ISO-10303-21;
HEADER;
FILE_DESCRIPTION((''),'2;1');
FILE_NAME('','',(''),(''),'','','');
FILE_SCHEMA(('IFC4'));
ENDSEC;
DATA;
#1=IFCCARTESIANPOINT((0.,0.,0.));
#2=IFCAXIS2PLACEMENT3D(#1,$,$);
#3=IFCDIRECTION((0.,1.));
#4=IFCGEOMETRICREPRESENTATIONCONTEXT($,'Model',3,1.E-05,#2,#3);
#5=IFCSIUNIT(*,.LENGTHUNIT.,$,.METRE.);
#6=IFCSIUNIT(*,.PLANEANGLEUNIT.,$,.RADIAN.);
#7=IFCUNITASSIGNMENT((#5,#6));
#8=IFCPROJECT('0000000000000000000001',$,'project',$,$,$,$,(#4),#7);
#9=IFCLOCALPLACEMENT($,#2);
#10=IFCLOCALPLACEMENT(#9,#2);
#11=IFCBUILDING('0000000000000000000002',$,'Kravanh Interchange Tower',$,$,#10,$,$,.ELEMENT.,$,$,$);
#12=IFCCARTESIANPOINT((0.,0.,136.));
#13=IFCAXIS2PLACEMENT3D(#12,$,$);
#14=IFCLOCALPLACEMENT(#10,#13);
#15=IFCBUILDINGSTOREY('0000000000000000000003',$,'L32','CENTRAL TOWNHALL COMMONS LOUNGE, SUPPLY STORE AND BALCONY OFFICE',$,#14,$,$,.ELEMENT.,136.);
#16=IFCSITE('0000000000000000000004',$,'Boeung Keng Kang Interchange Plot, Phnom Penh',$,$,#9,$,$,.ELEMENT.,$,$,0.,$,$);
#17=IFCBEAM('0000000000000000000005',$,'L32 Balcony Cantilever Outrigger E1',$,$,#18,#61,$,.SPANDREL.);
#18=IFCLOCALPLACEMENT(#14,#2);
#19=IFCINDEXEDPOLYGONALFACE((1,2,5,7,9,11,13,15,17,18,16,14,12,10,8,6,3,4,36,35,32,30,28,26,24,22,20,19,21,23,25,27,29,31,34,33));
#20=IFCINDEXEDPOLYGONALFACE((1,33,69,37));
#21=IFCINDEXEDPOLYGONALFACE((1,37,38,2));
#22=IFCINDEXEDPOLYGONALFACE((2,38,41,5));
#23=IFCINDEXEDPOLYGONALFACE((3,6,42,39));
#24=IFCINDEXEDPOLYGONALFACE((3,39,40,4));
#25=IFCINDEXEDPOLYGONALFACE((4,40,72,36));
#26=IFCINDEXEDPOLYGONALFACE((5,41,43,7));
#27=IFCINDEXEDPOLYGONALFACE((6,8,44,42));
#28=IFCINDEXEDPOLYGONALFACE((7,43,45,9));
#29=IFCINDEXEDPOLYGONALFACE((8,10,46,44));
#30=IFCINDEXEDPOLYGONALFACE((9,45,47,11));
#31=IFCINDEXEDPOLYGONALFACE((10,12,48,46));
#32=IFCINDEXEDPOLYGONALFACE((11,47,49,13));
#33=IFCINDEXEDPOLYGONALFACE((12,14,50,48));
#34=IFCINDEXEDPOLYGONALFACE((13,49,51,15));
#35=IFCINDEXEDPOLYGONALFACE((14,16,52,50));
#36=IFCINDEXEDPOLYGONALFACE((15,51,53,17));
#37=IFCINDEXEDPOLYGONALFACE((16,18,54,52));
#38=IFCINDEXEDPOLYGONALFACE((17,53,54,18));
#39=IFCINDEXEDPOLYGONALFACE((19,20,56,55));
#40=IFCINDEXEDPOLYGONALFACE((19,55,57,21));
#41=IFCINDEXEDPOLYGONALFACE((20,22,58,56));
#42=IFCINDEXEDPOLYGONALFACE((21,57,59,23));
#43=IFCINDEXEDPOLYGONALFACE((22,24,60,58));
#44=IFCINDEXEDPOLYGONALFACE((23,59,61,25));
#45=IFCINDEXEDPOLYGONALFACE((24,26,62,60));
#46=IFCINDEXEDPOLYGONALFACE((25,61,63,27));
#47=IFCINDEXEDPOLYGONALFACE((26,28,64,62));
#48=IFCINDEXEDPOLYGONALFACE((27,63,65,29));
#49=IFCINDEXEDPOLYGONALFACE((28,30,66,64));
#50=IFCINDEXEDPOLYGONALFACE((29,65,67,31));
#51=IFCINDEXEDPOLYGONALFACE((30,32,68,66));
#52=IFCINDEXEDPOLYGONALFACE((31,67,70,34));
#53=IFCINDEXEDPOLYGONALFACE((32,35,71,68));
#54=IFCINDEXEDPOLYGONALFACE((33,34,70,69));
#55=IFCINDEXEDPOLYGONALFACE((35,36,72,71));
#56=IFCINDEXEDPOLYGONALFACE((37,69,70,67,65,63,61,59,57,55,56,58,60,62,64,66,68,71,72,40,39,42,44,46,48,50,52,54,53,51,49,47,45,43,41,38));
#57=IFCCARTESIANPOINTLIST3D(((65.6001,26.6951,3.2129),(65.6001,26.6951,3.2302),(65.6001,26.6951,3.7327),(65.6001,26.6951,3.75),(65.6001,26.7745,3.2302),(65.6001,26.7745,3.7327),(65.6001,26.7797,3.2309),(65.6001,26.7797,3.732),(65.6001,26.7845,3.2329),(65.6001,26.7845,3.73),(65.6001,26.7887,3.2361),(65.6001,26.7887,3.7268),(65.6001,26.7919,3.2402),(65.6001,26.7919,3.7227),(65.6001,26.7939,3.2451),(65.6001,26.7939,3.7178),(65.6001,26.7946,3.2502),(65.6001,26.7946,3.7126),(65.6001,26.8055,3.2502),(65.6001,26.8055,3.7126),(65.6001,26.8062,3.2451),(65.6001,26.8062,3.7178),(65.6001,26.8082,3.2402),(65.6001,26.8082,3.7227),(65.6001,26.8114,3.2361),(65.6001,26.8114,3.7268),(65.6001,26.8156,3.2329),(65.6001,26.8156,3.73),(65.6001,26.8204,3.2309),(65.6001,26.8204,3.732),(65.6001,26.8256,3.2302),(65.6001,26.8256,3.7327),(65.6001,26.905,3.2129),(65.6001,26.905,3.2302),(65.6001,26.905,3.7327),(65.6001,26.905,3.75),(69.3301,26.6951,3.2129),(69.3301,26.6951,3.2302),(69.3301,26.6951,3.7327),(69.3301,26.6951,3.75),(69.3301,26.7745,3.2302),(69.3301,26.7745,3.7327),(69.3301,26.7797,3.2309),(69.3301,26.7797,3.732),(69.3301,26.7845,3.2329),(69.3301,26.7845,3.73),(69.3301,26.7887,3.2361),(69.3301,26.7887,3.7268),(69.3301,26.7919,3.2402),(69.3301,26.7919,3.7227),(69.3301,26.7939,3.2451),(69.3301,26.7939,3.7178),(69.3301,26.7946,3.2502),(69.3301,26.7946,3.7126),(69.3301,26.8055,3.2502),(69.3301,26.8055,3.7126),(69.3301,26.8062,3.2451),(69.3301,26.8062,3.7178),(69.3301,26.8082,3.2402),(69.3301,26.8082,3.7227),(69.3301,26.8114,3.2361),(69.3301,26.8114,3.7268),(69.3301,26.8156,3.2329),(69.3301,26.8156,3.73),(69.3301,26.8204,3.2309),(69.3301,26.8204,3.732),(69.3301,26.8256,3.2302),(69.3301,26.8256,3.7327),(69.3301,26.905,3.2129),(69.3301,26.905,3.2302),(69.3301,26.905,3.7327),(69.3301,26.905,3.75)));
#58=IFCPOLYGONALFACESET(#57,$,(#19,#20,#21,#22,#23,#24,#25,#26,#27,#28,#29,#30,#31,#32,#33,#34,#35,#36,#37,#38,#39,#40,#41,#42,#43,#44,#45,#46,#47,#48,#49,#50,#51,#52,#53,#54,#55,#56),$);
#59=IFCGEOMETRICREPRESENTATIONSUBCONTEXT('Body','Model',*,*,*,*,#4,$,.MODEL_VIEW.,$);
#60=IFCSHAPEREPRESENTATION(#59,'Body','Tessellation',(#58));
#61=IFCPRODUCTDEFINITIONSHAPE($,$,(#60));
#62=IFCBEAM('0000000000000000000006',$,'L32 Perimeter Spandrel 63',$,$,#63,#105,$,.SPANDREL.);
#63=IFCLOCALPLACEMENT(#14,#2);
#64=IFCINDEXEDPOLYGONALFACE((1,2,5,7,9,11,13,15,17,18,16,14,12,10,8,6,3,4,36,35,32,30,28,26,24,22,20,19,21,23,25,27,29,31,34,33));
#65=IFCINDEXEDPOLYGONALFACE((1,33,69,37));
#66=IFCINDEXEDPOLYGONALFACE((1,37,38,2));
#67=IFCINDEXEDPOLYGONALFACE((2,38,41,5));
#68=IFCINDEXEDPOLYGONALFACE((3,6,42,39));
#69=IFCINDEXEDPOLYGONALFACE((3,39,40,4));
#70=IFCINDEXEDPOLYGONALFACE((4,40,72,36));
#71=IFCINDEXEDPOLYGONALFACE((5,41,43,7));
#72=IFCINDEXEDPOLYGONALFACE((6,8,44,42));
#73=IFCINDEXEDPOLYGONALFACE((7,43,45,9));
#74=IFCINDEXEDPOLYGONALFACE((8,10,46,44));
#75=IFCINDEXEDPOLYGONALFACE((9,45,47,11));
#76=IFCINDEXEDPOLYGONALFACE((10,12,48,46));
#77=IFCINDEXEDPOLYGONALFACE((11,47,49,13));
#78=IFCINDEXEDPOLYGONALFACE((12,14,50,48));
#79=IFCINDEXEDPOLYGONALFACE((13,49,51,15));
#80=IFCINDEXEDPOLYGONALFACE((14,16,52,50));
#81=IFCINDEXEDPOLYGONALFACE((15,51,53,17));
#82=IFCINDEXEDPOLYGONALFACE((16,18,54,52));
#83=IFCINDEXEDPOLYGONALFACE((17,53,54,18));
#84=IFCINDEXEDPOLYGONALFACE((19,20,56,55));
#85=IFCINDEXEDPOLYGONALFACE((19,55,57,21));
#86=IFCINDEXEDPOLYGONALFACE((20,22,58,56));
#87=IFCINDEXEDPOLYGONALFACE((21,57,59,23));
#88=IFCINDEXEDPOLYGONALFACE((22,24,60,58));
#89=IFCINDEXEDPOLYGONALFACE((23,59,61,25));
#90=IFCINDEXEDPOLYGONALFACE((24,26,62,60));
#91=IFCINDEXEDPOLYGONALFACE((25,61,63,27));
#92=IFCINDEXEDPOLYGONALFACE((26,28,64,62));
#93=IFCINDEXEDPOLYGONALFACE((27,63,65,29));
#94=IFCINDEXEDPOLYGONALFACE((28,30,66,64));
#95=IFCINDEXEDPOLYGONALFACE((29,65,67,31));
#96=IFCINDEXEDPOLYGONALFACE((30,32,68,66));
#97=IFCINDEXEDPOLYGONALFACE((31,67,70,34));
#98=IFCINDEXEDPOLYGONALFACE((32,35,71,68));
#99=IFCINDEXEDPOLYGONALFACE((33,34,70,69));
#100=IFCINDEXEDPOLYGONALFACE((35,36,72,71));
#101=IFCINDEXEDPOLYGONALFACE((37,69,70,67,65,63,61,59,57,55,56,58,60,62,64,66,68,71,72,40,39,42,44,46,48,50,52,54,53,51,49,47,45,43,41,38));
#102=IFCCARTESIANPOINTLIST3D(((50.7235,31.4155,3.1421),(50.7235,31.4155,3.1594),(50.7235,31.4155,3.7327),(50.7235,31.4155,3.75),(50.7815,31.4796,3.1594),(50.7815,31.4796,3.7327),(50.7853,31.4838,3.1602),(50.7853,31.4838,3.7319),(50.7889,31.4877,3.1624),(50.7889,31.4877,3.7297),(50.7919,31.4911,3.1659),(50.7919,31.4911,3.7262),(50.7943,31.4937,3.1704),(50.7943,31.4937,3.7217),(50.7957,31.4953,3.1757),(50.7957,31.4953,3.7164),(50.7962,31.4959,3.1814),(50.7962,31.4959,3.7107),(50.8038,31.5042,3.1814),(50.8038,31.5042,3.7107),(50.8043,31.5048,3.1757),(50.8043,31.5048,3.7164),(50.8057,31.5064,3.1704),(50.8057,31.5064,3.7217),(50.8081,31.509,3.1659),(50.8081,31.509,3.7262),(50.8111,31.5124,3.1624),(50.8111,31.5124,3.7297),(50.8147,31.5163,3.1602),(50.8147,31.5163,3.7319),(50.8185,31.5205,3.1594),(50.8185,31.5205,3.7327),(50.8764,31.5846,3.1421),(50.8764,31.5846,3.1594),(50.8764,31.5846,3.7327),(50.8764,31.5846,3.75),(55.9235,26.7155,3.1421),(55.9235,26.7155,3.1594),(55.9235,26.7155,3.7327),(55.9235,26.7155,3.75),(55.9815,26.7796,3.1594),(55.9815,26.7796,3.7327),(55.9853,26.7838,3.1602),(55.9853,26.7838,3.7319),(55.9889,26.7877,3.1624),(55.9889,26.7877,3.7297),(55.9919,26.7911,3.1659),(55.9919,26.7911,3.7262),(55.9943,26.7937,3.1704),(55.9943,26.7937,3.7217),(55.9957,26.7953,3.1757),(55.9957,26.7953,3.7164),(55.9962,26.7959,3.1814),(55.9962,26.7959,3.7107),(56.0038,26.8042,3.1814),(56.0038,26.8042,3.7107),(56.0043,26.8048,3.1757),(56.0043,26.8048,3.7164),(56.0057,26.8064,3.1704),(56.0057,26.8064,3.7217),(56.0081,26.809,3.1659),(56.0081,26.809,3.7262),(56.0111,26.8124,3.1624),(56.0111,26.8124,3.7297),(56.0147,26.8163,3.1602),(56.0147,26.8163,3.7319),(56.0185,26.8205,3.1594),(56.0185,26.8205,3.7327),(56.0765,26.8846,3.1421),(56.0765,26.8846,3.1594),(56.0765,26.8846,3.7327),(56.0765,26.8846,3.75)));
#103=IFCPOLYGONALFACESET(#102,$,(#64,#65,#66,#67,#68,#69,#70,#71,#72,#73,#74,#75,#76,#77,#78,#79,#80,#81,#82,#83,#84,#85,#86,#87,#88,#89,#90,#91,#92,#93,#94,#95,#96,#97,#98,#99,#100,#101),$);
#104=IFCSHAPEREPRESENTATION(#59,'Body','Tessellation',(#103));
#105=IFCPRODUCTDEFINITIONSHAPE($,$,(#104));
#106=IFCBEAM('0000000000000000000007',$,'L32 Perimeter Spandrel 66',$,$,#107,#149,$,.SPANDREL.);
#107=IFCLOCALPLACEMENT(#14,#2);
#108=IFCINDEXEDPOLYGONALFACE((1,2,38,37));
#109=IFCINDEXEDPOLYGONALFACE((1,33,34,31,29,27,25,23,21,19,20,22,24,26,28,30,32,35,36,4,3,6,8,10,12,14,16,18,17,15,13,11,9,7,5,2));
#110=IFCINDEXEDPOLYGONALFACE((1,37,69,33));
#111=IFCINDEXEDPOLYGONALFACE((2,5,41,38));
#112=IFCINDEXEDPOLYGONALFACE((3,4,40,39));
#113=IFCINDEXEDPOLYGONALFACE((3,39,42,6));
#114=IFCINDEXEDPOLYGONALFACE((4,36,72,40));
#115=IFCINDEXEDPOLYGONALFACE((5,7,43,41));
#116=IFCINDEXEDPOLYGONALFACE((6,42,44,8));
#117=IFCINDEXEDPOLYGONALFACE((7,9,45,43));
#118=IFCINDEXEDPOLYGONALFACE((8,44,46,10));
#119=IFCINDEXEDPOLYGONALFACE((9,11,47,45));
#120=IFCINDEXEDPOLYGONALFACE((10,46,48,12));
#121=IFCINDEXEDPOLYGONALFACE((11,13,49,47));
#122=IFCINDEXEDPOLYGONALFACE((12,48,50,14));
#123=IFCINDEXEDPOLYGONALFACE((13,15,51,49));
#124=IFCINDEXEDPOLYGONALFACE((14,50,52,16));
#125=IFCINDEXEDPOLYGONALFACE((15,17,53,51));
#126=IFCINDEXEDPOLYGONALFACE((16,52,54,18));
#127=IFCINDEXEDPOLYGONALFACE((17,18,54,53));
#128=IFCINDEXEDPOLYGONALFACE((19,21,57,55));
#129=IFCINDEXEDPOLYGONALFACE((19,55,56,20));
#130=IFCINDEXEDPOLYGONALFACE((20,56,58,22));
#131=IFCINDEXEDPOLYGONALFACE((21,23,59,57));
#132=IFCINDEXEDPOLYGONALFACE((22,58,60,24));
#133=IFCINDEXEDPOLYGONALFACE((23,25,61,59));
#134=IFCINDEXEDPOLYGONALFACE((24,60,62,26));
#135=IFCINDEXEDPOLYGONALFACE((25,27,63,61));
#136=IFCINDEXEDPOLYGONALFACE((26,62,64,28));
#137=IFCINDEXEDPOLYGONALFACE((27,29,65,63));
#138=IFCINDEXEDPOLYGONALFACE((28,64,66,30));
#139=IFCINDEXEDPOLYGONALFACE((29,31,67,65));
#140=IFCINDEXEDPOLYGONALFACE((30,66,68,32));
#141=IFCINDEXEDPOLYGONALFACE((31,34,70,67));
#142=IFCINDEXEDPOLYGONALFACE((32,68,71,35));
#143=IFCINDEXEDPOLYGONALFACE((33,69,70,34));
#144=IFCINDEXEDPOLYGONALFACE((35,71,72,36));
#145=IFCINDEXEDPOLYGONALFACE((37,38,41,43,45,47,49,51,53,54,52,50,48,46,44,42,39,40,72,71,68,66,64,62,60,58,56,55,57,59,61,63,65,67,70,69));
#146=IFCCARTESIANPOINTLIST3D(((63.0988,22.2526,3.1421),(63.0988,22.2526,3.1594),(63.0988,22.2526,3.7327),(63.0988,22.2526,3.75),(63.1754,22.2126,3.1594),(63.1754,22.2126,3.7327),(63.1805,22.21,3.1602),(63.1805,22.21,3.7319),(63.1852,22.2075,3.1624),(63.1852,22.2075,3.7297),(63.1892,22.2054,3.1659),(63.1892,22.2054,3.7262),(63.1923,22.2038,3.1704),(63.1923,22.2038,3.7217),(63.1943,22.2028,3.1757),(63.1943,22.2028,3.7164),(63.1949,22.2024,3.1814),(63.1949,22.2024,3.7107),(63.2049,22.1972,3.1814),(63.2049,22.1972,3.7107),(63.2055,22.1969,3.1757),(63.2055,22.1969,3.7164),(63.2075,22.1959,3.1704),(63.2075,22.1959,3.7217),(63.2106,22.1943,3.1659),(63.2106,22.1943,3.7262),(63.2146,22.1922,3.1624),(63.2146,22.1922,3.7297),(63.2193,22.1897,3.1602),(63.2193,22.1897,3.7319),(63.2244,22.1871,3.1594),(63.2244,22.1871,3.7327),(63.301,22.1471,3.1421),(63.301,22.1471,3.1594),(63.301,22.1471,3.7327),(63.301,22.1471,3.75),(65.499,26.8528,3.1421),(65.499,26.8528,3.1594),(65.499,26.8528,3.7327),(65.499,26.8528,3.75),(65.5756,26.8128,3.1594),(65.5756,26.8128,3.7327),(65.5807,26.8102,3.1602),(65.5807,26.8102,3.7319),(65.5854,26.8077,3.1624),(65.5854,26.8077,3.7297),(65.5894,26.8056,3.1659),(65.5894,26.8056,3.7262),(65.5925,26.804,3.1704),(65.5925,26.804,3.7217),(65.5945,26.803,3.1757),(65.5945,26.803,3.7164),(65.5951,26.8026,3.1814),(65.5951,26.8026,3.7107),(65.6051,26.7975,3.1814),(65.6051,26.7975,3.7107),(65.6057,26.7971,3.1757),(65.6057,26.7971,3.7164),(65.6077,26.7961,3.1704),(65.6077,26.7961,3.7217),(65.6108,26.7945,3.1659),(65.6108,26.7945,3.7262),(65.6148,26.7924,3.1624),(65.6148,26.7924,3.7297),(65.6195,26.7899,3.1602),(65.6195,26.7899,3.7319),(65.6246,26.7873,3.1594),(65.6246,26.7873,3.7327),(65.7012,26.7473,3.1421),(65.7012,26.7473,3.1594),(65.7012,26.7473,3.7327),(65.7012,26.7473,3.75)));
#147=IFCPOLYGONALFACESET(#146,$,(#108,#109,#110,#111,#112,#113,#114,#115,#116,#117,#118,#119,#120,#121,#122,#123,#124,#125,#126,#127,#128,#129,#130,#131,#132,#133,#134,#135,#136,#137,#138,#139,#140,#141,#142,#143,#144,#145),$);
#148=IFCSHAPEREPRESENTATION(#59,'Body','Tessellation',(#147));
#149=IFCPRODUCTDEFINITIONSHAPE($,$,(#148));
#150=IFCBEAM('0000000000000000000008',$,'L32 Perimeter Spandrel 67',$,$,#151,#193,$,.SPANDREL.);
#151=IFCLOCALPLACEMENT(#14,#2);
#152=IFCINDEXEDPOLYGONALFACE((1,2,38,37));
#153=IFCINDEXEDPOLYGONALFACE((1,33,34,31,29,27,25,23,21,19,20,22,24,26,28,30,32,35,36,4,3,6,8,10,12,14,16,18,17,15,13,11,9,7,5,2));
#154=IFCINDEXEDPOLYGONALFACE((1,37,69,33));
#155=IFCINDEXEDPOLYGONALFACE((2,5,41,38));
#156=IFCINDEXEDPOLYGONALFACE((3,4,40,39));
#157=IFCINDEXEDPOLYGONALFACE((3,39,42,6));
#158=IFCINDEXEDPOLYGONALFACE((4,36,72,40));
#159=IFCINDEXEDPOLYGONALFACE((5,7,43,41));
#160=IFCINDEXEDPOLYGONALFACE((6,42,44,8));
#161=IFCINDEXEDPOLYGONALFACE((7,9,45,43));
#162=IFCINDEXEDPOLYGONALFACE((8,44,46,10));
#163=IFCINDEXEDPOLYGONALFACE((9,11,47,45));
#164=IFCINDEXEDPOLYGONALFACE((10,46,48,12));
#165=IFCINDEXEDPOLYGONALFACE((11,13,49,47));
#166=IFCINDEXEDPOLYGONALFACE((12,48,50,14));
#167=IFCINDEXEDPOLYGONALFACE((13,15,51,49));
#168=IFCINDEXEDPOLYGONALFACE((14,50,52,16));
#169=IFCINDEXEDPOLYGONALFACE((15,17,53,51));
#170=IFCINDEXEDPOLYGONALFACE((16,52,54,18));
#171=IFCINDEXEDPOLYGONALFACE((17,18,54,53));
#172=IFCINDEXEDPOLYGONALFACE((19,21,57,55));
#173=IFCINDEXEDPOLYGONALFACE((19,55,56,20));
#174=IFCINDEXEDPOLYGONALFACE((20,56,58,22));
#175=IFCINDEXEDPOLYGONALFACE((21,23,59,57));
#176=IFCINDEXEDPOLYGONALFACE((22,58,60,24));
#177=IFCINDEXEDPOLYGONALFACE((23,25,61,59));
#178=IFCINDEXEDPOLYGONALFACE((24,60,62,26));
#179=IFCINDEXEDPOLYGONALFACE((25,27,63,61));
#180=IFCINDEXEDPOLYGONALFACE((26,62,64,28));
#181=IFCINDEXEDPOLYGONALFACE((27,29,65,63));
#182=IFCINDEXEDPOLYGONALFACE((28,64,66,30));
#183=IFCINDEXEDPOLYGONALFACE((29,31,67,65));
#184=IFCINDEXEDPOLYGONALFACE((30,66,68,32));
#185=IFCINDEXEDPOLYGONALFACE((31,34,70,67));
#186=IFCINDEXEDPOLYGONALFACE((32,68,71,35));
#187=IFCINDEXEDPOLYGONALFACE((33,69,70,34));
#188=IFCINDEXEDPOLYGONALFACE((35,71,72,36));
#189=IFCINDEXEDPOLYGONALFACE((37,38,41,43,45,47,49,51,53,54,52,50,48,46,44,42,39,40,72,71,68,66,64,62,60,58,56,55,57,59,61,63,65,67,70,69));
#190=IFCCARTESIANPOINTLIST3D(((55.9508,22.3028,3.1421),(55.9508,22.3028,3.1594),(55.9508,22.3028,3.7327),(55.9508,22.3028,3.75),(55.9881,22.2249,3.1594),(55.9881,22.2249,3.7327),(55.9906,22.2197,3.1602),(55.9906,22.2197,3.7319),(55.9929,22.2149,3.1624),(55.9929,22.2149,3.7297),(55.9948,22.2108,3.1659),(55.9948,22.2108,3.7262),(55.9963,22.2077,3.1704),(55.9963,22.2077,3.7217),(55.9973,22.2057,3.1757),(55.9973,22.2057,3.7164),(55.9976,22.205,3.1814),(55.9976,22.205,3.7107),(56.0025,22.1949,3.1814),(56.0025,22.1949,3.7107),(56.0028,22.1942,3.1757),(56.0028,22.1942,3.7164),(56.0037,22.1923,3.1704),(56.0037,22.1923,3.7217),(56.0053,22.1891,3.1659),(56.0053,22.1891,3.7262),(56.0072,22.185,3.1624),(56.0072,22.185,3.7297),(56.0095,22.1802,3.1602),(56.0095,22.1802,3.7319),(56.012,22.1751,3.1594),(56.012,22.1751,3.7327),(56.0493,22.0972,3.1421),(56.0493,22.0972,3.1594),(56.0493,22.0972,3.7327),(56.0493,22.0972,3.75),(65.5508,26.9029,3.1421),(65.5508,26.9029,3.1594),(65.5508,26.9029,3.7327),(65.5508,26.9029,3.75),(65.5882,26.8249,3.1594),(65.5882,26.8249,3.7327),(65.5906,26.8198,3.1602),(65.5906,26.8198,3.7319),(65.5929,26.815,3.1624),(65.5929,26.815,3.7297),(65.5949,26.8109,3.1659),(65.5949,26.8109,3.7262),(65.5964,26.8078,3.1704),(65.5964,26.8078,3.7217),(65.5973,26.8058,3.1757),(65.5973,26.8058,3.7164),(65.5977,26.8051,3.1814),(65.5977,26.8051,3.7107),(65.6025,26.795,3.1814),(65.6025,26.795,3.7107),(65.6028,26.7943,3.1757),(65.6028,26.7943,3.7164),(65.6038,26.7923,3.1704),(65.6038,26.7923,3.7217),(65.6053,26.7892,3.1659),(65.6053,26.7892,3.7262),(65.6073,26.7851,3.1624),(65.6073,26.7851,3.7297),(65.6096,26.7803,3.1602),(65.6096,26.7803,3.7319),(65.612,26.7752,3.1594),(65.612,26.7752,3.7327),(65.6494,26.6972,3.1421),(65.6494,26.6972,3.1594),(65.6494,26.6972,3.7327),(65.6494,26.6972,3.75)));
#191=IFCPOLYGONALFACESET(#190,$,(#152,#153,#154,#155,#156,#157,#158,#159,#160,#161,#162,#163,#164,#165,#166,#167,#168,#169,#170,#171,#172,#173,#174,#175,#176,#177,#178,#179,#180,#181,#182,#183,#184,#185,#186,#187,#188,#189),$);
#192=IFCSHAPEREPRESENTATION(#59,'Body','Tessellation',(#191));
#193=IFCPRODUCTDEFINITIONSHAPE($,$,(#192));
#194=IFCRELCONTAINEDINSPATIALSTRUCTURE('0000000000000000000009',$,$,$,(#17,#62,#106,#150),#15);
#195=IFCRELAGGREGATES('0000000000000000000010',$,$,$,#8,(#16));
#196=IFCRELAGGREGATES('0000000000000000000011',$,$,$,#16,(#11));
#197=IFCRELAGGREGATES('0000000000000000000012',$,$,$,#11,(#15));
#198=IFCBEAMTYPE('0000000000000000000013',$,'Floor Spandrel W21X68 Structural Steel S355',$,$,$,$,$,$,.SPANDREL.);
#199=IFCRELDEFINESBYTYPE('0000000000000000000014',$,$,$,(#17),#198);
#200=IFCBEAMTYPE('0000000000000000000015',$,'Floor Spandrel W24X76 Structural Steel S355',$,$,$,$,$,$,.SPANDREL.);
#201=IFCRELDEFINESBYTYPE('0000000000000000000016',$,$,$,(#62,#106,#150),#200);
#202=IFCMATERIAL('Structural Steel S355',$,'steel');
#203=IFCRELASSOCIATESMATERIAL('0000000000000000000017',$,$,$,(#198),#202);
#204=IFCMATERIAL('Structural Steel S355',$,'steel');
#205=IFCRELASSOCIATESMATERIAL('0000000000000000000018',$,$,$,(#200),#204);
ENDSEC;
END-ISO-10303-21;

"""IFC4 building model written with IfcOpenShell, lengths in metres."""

from ifc_helpers import new_model, si_unit, direction, frame, origin, origin_2d, place, context, subcontext, project, spatial, i_section, extrude, material, material_profile, profile_set, type_object, element, save


model = new_model("IFC4")

# Units and contexts
model_context = context("Model", 3, precision=1e-05, world=origin(), true_north=direction((0.0, 1.0)))
body_context = subcontext(model_context, "Body", "Model", "MODEL_VIEW")
ifc_project = project(units=[si_unit("LENGTHUNIT", "METRE"), si_unit("PLANEANGLEUNIT", "RADIAN")], contexts=[model_context])

# Site, building, storey
site_placement = place(None, origin())
site = spatial("IfcSite", under=ifc_project, at=site_placement, Name="Boeung Keng Kang Interchange Plot, Phnom Penh", CompositionType="ELEMENT", RefElevation=0.0)
building_placement = place(site_placement, origin())
building = spatial("IfcBuilding", under=site, at=building_placement, Name="Kravanh Interchange Tower", CompositionType="ELEMENT")
storey_placement = place(building_placement, frame((0.0, 0.0, 136.0)))
storey = spatial("IfcBuildingStorey", under=building, at=storey_placement, Name="L32", Description="CENTRAL TOWNHALL COMMONS LOUNGE, SUPPLY STORE AND BALCONY OFFICE", CompositionType="ELEMENT", Elevation=136.0)

# Beams
ifc_material_1 = material(Name="Structural Steel S355", Category="steel")
ifc_material_profile_1 = material_profile(ifc_material_1, i_section(OverallWidth=0.21, OverallDepth=0.5371, WebThickness=0.011, FlangeThickness=0.0173, FilletRadius=0.02, at=origin_2d()), Name="W21X68")
ifc_profile_set_1 = profile_set([ifc_material_profile_1], Name="Structural Steel S355")
beam_type_1 = type_object("IfcBeamType", Name="Floor Spandrel W21X68 Structural Steel S355", PredefinedType="SPANDREL", material=ifc_profile_set_1)
beam_1_placement = place(storey_placement, frame((65.6001, 26.8, 3.4814), z_axis=(1.0, 0.0, 0.0), x_axis=(0.0, 1.0, 0.0)))
element("IfcBeam", 1, at=beam_1_placement, inside=storey, type_object=beam_type_1, Name="L32 Balcony Cantilever Outrigger E1", PredefinedType="SPANDREL", context=body_context, shape_type="SweptSolid", body=[
    extrude(i_section(OverallWidth=0.21, OverallDepth=0.5371, WebThickness=0.011, FlangeThickness=0.0173, FilletRadius=0.02, at=origin_2d()), origin(), (0.0, 0.0, 1.0), 3.73),
])
ifc_material_2 = material(Name="Structural Steel S355", Category="steel")
ifc_material_profile_2 = material_profile(ifc_material_2, i_section(OverallWidth=0.228, OverallDepth=0.6079, WebThickness=0.0112, FlangeThickness=0.0173, FilletRadius=0.022, at=origin_2d()), Name="W24X76")
ifc_profile_set_2 = profile_set([ifc_material_profile_2], Name="Structural Steel S355")
beam_type_2 = type_object("IfcBeamType", Name="Floor Spandrel W24X76 Structural Steel S355", PredefinedType="SPANDREL", material=ifc_profile_set_2)
beam_2_placement = place(storey_placement, frame((56.0, 26.8, 3.446), z_axis=(-0.741874, 0.670539, 0.0), x_axis=(-0.670539, -0.741874, 0.0)))
element("IfcBeam", 2, at=beam_2_placement, inside=storey, type_object=beam_type_2, Name="L32 Perimeter Spandrel 63", PredefinedType="SPANDREL", context=body_context, shape_type="SweptSolid", body=[
    extrude(i_section(OverallWidth=0.228, OverallDepth=0.6079, WebThickness=0.0112, FlangeThickness=0.0173, FilletRadius=0.022, at=origin_2d()), origin(), (0.0, 0.0, 1.0), 7.0093),
])
beam_3_placement = place(storey_placement, frame((65.6001, 26.8, 3.446), z_axis=(-0.46258, -0.886577, 0.0), x_axis=(0.886577, -0.46258, 0.0)))
element("IfcBeam", 3, at=beam_3_placement, inside=storey, type_object=beam_type_2, Name="L32 Perimeter Spandrel 66", PredefinedType="SPANDREL", context=body_context, shape_type="SweptSolid", body=[
    extrude(i_section(OverallWidth=0.228, OverallDepth=0.6079, WebThickness=0.0112, FlangeThickness=0.0173, FilletRadius=0.022, at=origin_2d()), origin(), (0.0, 0.0, 1.0), 5.1887),
])
beam_4_placement = place(storey_placement, frame((65.6001, 26.8, 3.446), z_axis=(-0.901814, -0.432124, 0.0), x_axis=(0.432124, -0.901814, 0.0)))
element("IfcBeam", 4, at=beam_4_placement, inside=storey, type_object=beam_type_2, Name="L32 Perimeter Spandrel 67", PredefinedType="SPANDREL", context=body_context, shape_type="SweptSolid", body=[
    extrude(i_section(OverallWidth=0.228, OverallDepth=0.6079, WebThickness=0.0112, FlangeThickness=0.0173, FilletRadius=0.022, at=origin_2d()), origin(), (0.0, 0.0, 1.0), 10.6453),
])

save(model, "model.ifc")
